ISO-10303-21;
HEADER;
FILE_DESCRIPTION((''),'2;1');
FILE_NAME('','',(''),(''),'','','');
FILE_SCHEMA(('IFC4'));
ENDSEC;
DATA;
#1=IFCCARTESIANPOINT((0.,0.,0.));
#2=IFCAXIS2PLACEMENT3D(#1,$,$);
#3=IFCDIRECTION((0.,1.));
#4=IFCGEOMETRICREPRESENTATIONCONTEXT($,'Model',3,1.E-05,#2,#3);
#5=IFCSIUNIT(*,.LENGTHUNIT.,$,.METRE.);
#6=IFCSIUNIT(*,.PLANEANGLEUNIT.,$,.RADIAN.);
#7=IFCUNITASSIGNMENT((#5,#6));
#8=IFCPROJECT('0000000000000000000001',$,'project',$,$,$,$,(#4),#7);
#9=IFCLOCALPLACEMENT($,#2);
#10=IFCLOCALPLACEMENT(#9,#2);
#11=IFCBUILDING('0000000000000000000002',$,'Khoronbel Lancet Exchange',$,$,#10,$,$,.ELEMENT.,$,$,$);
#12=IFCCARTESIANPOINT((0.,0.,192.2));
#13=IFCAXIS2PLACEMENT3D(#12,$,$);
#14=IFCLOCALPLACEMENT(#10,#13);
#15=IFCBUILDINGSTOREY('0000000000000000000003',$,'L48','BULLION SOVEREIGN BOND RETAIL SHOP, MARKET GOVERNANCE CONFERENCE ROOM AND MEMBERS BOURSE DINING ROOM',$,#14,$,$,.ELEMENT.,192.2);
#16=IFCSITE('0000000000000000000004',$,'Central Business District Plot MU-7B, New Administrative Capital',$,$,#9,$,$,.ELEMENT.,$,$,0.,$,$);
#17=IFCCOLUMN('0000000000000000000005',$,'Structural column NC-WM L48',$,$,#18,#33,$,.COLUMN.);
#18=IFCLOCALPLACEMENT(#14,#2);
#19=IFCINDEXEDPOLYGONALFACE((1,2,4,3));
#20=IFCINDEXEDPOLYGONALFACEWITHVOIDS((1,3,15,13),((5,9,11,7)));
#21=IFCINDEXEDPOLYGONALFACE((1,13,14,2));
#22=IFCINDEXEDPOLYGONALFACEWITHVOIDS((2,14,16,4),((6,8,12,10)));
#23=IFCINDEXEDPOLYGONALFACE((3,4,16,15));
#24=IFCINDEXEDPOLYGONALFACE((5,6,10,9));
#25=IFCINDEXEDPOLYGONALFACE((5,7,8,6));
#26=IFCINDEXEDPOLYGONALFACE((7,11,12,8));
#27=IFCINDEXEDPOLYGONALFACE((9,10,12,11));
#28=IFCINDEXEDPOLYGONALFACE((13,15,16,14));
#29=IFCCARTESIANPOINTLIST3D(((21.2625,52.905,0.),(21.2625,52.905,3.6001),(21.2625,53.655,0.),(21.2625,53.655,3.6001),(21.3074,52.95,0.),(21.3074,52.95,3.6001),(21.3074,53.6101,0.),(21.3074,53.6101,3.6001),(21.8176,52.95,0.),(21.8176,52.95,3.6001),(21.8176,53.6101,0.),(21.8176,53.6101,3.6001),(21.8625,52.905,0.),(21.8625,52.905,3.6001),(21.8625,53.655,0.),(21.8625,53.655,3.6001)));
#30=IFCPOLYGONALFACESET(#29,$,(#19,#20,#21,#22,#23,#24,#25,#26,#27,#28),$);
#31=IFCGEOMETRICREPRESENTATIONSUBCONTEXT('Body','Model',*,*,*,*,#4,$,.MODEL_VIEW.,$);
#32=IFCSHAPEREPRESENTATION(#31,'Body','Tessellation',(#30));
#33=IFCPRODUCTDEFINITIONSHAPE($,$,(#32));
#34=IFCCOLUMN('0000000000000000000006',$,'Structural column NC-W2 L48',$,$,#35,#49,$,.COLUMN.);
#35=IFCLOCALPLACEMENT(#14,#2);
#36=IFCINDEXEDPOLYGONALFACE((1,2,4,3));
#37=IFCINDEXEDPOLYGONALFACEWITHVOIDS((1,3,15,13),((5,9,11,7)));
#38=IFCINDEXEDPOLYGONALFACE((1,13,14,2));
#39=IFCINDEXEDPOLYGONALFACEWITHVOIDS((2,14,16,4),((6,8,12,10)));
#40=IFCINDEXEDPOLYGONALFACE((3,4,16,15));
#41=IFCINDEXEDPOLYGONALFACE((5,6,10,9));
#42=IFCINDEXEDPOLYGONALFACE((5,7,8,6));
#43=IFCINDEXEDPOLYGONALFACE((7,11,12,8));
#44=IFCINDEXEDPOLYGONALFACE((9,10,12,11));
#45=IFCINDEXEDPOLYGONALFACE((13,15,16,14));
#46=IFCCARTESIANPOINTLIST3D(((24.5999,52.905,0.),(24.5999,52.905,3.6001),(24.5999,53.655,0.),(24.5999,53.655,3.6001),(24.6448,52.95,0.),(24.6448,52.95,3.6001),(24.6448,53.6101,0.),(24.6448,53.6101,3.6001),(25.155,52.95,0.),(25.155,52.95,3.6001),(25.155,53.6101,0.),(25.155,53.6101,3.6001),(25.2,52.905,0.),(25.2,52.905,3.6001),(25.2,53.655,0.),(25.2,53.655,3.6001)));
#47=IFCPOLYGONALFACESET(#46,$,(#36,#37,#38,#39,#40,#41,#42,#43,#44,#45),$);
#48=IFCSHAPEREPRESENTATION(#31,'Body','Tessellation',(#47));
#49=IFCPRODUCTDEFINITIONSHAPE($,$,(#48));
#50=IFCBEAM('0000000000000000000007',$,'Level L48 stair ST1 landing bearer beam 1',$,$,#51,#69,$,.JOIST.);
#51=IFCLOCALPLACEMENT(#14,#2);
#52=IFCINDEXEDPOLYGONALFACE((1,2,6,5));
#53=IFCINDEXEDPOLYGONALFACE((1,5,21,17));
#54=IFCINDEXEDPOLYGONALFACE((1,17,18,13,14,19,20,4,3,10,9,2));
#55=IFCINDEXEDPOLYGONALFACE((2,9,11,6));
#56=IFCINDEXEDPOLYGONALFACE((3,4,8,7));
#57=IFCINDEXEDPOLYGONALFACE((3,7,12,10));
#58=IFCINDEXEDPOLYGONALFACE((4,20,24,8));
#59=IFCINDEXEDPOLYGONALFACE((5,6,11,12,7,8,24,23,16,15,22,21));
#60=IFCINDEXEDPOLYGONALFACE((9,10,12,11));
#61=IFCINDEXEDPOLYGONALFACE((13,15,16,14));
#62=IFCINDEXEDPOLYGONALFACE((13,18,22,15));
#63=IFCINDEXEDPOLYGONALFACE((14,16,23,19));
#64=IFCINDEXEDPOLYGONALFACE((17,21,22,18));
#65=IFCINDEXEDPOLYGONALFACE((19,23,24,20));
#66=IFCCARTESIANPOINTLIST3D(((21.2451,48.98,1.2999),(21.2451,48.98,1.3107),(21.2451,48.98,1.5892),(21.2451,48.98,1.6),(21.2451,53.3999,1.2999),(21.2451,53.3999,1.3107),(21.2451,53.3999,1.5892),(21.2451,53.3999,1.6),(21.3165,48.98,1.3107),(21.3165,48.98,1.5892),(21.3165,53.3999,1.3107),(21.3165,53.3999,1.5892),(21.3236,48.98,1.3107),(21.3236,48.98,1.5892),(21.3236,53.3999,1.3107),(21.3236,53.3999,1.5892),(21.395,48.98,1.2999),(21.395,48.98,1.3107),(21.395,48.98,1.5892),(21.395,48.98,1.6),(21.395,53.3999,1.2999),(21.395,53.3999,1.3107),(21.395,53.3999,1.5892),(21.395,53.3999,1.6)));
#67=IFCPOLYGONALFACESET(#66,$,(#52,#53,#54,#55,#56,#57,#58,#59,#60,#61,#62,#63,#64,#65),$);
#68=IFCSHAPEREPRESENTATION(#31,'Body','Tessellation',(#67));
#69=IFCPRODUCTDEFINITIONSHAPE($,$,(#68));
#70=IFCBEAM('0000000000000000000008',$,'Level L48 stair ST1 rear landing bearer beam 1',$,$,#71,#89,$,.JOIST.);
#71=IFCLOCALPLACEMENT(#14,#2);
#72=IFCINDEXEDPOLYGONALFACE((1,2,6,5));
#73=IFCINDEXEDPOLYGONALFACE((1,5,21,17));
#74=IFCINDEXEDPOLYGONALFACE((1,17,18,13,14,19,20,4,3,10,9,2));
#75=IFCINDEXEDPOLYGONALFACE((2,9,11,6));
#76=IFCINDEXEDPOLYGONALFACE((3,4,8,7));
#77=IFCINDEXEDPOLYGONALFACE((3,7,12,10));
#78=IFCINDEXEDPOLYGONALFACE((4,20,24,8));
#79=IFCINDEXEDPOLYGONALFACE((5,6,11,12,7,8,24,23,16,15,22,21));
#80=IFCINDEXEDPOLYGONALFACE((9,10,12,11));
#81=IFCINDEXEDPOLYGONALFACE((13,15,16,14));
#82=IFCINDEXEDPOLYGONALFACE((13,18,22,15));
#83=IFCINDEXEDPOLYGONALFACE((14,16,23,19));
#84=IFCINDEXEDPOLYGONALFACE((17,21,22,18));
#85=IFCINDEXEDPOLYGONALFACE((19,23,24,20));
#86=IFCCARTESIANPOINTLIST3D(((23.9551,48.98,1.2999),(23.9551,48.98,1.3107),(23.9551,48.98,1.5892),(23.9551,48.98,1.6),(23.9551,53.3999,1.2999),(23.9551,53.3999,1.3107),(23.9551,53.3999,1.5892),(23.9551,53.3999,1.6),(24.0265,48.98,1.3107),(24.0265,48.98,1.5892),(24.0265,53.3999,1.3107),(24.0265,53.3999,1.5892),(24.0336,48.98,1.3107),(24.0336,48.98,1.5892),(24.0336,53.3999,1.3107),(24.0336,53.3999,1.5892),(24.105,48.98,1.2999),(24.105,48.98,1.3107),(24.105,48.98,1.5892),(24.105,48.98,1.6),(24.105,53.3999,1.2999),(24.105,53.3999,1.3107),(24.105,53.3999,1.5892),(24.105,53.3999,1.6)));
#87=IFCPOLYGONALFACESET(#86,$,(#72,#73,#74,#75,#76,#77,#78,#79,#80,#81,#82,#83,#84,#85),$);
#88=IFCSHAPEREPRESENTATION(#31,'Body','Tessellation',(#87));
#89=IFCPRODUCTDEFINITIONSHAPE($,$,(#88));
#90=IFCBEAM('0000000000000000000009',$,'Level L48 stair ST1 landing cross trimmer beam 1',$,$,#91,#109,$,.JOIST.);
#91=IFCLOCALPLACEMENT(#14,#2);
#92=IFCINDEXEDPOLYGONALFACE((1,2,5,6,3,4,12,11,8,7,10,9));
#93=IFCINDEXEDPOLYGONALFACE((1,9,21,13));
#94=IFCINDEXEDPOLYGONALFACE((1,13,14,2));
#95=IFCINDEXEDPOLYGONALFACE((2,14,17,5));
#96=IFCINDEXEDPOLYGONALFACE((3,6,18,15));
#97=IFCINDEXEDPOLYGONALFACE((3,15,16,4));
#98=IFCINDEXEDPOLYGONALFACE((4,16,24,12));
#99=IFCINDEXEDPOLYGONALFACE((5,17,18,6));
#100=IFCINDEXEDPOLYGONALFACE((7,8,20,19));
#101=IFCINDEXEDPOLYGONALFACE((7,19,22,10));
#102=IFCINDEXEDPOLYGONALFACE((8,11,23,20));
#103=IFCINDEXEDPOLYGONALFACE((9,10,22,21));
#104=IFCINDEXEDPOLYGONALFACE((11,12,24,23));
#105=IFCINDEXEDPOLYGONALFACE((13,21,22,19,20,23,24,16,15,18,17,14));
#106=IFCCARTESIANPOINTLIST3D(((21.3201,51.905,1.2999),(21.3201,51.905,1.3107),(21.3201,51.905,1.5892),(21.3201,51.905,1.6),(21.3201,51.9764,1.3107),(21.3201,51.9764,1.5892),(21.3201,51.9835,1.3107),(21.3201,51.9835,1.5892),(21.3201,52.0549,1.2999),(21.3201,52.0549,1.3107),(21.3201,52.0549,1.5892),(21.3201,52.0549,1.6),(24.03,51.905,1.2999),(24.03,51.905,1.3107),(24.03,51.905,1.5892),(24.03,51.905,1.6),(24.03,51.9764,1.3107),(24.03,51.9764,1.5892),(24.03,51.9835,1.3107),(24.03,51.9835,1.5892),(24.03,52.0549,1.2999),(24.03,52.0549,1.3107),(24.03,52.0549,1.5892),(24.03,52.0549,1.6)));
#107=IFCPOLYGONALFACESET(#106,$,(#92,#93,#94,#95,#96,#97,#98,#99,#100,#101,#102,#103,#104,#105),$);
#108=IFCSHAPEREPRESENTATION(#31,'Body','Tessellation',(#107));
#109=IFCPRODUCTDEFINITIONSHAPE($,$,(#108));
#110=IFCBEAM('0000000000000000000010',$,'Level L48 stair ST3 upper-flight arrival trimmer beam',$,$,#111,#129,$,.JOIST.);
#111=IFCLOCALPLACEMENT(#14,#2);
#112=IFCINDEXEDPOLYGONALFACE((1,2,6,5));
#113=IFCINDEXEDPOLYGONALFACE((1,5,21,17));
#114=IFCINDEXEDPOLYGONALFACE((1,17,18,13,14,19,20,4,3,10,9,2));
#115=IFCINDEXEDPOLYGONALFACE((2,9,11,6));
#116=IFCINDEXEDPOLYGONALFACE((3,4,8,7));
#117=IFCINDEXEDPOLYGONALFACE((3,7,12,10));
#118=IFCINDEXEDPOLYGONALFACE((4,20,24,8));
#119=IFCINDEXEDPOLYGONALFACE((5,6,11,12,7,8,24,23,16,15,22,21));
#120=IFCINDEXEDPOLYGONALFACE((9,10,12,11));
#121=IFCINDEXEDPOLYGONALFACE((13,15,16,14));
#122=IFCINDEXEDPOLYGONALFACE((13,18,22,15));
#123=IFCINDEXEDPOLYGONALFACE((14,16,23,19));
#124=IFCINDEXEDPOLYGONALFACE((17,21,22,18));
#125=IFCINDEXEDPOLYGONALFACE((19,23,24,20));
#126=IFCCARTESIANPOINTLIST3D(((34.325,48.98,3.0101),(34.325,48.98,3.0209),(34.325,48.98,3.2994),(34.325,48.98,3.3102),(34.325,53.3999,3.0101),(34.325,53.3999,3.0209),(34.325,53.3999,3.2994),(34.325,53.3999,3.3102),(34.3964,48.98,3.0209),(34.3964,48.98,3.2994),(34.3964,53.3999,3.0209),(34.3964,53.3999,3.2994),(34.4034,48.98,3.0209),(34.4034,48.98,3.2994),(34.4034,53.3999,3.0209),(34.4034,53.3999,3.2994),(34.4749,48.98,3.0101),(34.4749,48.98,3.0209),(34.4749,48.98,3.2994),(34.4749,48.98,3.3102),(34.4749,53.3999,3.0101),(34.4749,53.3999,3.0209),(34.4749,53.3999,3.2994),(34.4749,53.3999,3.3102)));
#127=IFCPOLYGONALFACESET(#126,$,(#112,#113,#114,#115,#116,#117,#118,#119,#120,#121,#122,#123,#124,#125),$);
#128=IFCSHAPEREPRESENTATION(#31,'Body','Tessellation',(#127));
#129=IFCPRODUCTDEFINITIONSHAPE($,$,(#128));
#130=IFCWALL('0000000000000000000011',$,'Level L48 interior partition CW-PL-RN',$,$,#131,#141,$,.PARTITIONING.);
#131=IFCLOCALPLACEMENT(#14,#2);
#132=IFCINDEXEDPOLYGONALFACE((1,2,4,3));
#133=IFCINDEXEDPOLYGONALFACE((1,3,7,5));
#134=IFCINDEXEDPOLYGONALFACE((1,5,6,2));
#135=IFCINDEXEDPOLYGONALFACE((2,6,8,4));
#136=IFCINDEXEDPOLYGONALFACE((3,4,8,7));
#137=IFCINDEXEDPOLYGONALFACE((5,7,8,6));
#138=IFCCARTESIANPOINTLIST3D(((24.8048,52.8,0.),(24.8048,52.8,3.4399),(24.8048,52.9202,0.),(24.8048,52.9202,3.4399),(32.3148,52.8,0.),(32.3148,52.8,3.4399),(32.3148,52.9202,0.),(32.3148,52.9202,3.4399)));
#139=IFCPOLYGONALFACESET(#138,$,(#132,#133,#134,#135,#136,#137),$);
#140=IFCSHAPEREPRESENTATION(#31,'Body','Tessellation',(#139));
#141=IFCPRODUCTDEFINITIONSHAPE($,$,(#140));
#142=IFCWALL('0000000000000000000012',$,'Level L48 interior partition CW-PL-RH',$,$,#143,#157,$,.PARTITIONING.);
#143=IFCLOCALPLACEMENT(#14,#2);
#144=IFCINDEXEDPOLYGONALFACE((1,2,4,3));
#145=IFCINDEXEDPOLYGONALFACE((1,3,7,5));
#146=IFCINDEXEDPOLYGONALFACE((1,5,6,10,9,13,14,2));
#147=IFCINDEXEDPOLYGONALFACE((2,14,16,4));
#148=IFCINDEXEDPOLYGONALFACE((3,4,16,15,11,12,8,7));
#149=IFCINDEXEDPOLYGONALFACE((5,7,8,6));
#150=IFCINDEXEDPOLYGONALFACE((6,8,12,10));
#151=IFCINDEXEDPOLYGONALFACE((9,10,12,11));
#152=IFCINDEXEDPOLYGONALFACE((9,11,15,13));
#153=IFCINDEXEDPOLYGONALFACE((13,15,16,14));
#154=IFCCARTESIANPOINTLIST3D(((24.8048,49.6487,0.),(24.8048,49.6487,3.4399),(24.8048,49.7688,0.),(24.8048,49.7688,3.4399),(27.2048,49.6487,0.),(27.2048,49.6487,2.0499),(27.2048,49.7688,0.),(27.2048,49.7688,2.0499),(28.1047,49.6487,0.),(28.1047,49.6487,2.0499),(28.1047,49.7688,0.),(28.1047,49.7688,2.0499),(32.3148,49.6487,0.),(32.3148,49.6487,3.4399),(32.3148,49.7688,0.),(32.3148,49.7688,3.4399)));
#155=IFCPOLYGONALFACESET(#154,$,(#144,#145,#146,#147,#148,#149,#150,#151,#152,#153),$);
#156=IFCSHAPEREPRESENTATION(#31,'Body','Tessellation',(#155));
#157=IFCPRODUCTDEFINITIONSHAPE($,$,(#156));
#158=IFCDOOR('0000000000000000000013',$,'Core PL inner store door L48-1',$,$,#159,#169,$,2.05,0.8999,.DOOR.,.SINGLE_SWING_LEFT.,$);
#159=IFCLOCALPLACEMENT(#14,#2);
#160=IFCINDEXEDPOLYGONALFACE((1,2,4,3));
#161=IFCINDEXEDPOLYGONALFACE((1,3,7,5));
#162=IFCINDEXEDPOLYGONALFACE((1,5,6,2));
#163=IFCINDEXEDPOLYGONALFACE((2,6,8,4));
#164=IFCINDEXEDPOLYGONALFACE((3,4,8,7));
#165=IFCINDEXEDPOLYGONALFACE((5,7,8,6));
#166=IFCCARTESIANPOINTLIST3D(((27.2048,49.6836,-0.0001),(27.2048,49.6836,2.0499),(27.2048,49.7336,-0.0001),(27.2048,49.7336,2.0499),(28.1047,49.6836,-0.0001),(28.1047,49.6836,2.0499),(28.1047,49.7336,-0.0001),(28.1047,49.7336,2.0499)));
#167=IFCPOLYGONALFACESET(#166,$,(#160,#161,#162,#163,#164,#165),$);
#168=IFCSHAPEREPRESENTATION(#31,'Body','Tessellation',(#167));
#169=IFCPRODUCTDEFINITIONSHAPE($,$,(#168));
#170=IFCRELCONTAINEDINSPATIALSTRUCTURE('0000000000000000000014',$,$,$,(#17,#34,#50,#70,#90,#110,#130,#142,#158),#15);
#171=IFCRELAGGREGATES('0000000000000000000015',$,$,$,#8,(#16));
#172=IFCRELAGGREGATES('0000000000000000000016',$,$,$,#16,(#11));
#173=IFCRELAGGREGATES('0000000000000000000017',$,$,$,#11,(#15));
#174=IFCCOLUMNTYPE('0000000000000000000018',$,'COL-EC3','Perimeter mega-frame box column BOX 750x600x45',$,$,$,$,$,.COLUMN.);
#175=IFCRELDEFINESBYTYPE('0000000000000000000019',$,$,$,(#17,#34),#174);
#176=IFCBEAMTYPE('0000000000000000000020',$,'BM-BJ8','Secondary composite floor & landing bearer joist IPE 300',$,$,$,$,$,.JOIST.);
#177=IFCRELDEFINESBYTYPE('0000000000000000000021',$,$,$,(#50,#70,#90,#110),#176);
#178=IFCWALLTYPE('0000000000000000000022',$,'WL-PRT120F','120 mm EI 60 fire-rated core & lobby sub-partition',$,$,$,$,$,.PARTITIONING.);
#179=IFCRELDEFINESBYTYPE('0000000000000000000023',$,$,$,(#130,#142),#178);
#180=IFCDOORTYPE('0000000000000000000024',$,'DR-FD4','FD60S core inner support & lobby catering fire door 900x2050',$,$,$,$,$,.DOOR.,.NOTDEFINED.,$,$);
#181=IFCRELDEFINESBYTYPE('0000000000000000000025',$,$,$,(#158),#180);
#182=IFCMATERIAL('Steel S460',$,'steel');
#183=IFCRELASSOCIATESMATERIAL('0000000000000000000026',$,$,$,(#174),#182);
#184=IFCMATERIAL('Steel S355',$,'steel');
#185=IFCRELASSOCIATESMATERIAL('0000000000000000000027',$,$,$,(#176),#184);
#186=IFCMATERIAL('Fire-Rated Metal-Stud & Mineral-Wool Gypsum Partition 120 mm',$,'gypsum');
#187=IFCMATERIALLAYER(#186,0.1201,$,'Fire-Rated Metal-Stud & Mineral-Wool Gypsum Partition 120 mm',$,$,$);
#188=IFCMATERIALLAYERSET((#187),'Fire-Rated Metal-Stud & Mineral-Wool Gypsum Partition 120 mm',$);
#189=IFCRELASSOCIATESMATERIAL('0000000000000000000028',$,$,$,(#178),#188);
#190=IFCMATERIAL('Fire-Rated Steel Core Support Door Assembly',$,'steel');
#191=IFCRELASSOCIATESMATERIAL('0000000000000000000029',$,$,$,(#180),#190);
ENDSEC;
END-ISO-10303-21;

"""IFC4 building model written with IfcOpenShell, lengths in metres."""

from ifc_helpers import new_model, si_unit, direction, frame, frame_2d, origin, origin_2d, place, context, subcontext, project, spatial, rectangle, hollow_rectangle, i_section, extrude, material, layer, layer_set, material_profile, profile_set, type_object, element, fill, save


model = new_model("IFC4")

# Units and contexts
model_context = context("Model", 3, precision=1e-05, world=origin(), true_north=direction((0.0, 1.0)))
body_context = subcontext(model_context, "Body", "Model", "MODEL_VIEW")
ifc_project = project(units=[si_unit("LENGTHUNIT", "METRE"), si_unit("PLANEANGLEUNIT", "RADIAN")], contexts=[model_context])

# Site, building, storey
site_placement = place(None, origin())
site = spatial("IfcSite", under=ifc_project, at=site_placement, Name="Central Business District Plot MU-7B, New Administrative Capital", CompositionType="ELEMENT", RefElevation=0.0)
building_placement = place(site_placement, origin())
building = spatial("IfcBuilding", under=site, at=building_placement, Name="Khoronbel Lancet Exchange", CompositionType="ELEMENT")
storey_placement = place(building_placement, frame((0.0, 0.0, 192.2)))
storey = spatial("IfcBuildingStorey", under=building, at=storey_placement, Name="L48", Description="BULLION SOVEREIGN BOND RETAIL SHOP, MARKET GOVERNANCE CONFERENCE ROOM AND MEMBERS BOURSE DINING ROOM", CompositionType="ELEMENT", Elevation=192.2)

# Columns
ifc_material_1 = material(Name="Steel S460", Category="steel")
ifc_material_profile_1 = material_profile(ifc_material_1, hollow_rectangle(XDim=0.6001, YDim=0.75, WallThickness=0.0449, at=origin_2d()), Name="BOX 750x600x45")
ifc_profile_set_1 = profile_set([ifc_material_profile_1], Name="Steel S460")
column_type = type_object("IfcColumnType", Name="COL-EC3", Description="Perimeter mega-frame box column BOX 750x600x45", PredefinedType="COLUMN", material=ifc_profile_set_1)
for number, where, z_axis, x_axis, name in (
    (1, (21.5625, 53.28, 0.0), (0.0, 0.0, 1.0), (1.0, 0.0, 0.0), "Structural column NC-WM L48"),
    (2, (24.8999, 53.28, 0.0), (0.0, 0.0, 1.0), (1.0, 0.0, 0.0), "Structural column NC-W2 L48"),
):
    element("IfcColumn", number, at=place(storey_placement, frame(where, z_axis=z_axis, x_axis=x_axis)), inside=storey, type_object=column_type, Name=name, PredefinedType="COLUMN", context=body_context, shape_type="SweptSolid", body=[
        extrude(hollow_rectangle(XDim=0.6001, YDim=0.75, WallThickness=0.0449, at=origin_2d()), origin(), (0.0, 0.0, 1.0), 3.6001),
    ])

# Beams
ifc_material_2 = material(Name="Steel S355", Category="steel")
ifc_material_profile_2 = material_profile(ifc_material_2, i_section(OverallWidth=0.1499, OverallDepth=0.3, WebThickness=0.0071, FlangeThickness=0.0107, at=origin_2d()), Name="IPE 300")
ifc_profile_set_2 = profile_set([ifc_material_profile_2], Name="Steel S355")
beam_type = type_object("IfcBeamType", Name="BM-BJ8", Description="Secondary composite floor & landing bearer joist IPE 300", PredefinedType="JOIST", material=ifc_profile_set_2)
for number, where, z_axis, x_axis, name in (
    (3, (21.3201, 48.98, 1.45), (0.0, 1.0, 0.0), (-1.0, 0.0, 0.0), "Level L48 stair ST1 landing bearer beam 1"),
    (4, (24.03, 48.98, 1.45), (0.0, 1.0, 0.0), (-1.0, 0.0, 0.0), "Level L48 stair ST1 rear landing bearer beam 1"),
):
    element("IfcBeam", number, at=place(storey_placement, frame(where, z_axis=z_axis, x_axis=x_axis)), inside=storey, type_object=beam_type, Name=name, PredefinedType="JOIST", context=body_context, shape_type="SweptSolid", body=[
        extrude(i_section(OverallWidth=0.1499, OverallDepth=0.3, WebThickness=0.0071, FlangeThickness=0.0107, at=origin_2d()), origin(), (0.0, 0.0, 1.0), 4.4199),
    ])
beam_1_placement = place(storey_placement, frame((21.3201, 51.98, 1.45), z_axis=(1.0, 0.0, 0.0), x_axis=(0.0, 1.0, 0.0)))
element("IfcBeam", 5, at=beam_1_placement, inside=storey, type_object=beam_type, Name="Level L48 stair ST1 landing cross trimmer beam 1", PredefinedType="JOIST", context=body_context, shape_type="SweptSolid", body=[
    extrude(i_section(OverallWidth=0.1499, OverallDepth=0.3, WebThickness=0.0071, FlangeThickness=0.0107, at=origin_2d()), origin(), (0.0, 0.0, 1.0), 2.71),
])
beam_2_placement = place(storey_placement, frame((34.3999, 48.98, 3.1602), z_axis=(0.0, 1.0, 0.0), x_axis=(-1.0, 0.0, 0.0)))
element("IfcBeam", 6, at=beam_2_placement, inside=storey, type_object=beam_type, Name="Level L48 stair ST3 upper-flight arrival trimmer beam", PredefinedType="JOIST", context=body_context, shape_type="SweptSolid", body=[
    extrude(i_section(OverallWidth=0.1499, OverallDepth=0.3, WebThickness=0.0071, FlangeThickness=0.0107, at=origin_2d()), origin(), (0.0, 0.0, 1.0), 4.4199),
])

# Wall
ifc_material_3 = material(Name="Fire-Rated Metal-Stud & Mineral-Wool Gypsum Partition 120 mm", Category="gypsum")
ifc_layer_1 = layer(ifc_material_3, 0.1201, Name="Fire-Rated Metal-Stud & Mineral-Wool Gypsum Partition 120 mm")
ifc_layer_set_1 = layer_set([ifc_layer_1], Name="Fire-Rated Metal-Stud & Mineral-Wool Gypsum Partition 120 mm")
wall_type_1 = type_object("IfcWallType", Name="WL-PRT120F", Description="120 mm EI 60 fire-rated core & lobby sub-partition", PredefinedType="PARTITIONING", material=ifc_layer_set_1)
wall_1_placement = place(storey_placement, frame((24.8049, 52.8601, 0.0), z_axis=(0.0, 0.0, 1.0), x_axis=(1.0, 0.0, 0.0)))
element("IfcWall", 7, at=wall_1_placement, inside=storey, type_object=wall_type_1, Name="Level L48 interior partition CW-PL-RN", PredefinedType="PARTITIONING", context=body_context, shape_type="SweptSolid", body=[
    extrude(rectangle(XDim=7.51, YDim=0.1201, at=frame_2d((3.7549, 0.0))), origin(), (0.0, 0.0, 1.0), 3.4399),
])

# Wall, opening, door
wall_2_placement = place(storey_placement, frame((24.8049, 49.7087, 0.0), z_axis=(0.0, 0.0, 1.0), x_axis=(1.0, 0.0, 0.0)))
wall_2 = element("IfcWall", 8, at=wall_2_placement, inside=storey, type_object=wall_type_1, Name="Level L48 interior partition CW-PL-RH", PredefinedType="PARTITIONING", context=body_context, shape_type="SweptSolid", body=[
    extrude(rectangle(XDim=7.51, YDim=0.1201, at=frame_2d((3.7549, 0.0))), origin(), (0.0, 0.0, 1.0), 3.4399),
])
opening_1_placement = place(wall_2_placement, frame((2.3999, 0.0, 0.0)))
opening_1 = element("IfcOpeningElement", 9, at=opening_1_placement, cuts=wall_2, PredefinedType="OPENING", context=body_context, shape_type="SweptSolid", body=[
    extrude(rectangle(XDim=0.8999, YDim=2.05, at=frame_2d((0.45, 1.0249))), frame((0.0, 0.0701, 0.0), z_axis=(0.0, -1.0, 0.0), x_axis=(1.0, 0.0, 0.0)), (0.0, 0.0, 1.0), 0.1401),
])
ifc_material_4 = material(Name="Fire-Rated Steel Core Support Door Assembly", Category="steel")
door_type_1 = type_object("IfcDoorType", Name="DR-FD4", Description="FD60S core inner support & lobby catering fire door 900x2050", OperationType="NOTDEFINED", PredefinedType="DOOR", material=ifc_material_4)
door_1_placement = place(opening_1_placement, origin())
door_1 = element("IfcDoor", 10, at=door_1_placement, inside=storey, type_object=door_type_1, Name="Core PL inner store door L48-1", OperationType="SINGLE_SWING_LEFT", OverallHeight=2.05, OverallWidth=0.8999, PredefinedType="DOOR", context=body_context, shape_type="SweptSolid", body=[
    extrude(rectangle(XDim=0.8999, YDim=2.05, at=frame_2d((0.45, 1.0249))), frame((0.0, 0.0249, 0.0), z_axis=(0.0, -1.0, 0.0), x_axis=(1.0, 0.0, 0.0)), (0.0, 0.0, 1.0), 0.05),
])
fill(opening_1, door_1)

save(model, "model.ifc")
